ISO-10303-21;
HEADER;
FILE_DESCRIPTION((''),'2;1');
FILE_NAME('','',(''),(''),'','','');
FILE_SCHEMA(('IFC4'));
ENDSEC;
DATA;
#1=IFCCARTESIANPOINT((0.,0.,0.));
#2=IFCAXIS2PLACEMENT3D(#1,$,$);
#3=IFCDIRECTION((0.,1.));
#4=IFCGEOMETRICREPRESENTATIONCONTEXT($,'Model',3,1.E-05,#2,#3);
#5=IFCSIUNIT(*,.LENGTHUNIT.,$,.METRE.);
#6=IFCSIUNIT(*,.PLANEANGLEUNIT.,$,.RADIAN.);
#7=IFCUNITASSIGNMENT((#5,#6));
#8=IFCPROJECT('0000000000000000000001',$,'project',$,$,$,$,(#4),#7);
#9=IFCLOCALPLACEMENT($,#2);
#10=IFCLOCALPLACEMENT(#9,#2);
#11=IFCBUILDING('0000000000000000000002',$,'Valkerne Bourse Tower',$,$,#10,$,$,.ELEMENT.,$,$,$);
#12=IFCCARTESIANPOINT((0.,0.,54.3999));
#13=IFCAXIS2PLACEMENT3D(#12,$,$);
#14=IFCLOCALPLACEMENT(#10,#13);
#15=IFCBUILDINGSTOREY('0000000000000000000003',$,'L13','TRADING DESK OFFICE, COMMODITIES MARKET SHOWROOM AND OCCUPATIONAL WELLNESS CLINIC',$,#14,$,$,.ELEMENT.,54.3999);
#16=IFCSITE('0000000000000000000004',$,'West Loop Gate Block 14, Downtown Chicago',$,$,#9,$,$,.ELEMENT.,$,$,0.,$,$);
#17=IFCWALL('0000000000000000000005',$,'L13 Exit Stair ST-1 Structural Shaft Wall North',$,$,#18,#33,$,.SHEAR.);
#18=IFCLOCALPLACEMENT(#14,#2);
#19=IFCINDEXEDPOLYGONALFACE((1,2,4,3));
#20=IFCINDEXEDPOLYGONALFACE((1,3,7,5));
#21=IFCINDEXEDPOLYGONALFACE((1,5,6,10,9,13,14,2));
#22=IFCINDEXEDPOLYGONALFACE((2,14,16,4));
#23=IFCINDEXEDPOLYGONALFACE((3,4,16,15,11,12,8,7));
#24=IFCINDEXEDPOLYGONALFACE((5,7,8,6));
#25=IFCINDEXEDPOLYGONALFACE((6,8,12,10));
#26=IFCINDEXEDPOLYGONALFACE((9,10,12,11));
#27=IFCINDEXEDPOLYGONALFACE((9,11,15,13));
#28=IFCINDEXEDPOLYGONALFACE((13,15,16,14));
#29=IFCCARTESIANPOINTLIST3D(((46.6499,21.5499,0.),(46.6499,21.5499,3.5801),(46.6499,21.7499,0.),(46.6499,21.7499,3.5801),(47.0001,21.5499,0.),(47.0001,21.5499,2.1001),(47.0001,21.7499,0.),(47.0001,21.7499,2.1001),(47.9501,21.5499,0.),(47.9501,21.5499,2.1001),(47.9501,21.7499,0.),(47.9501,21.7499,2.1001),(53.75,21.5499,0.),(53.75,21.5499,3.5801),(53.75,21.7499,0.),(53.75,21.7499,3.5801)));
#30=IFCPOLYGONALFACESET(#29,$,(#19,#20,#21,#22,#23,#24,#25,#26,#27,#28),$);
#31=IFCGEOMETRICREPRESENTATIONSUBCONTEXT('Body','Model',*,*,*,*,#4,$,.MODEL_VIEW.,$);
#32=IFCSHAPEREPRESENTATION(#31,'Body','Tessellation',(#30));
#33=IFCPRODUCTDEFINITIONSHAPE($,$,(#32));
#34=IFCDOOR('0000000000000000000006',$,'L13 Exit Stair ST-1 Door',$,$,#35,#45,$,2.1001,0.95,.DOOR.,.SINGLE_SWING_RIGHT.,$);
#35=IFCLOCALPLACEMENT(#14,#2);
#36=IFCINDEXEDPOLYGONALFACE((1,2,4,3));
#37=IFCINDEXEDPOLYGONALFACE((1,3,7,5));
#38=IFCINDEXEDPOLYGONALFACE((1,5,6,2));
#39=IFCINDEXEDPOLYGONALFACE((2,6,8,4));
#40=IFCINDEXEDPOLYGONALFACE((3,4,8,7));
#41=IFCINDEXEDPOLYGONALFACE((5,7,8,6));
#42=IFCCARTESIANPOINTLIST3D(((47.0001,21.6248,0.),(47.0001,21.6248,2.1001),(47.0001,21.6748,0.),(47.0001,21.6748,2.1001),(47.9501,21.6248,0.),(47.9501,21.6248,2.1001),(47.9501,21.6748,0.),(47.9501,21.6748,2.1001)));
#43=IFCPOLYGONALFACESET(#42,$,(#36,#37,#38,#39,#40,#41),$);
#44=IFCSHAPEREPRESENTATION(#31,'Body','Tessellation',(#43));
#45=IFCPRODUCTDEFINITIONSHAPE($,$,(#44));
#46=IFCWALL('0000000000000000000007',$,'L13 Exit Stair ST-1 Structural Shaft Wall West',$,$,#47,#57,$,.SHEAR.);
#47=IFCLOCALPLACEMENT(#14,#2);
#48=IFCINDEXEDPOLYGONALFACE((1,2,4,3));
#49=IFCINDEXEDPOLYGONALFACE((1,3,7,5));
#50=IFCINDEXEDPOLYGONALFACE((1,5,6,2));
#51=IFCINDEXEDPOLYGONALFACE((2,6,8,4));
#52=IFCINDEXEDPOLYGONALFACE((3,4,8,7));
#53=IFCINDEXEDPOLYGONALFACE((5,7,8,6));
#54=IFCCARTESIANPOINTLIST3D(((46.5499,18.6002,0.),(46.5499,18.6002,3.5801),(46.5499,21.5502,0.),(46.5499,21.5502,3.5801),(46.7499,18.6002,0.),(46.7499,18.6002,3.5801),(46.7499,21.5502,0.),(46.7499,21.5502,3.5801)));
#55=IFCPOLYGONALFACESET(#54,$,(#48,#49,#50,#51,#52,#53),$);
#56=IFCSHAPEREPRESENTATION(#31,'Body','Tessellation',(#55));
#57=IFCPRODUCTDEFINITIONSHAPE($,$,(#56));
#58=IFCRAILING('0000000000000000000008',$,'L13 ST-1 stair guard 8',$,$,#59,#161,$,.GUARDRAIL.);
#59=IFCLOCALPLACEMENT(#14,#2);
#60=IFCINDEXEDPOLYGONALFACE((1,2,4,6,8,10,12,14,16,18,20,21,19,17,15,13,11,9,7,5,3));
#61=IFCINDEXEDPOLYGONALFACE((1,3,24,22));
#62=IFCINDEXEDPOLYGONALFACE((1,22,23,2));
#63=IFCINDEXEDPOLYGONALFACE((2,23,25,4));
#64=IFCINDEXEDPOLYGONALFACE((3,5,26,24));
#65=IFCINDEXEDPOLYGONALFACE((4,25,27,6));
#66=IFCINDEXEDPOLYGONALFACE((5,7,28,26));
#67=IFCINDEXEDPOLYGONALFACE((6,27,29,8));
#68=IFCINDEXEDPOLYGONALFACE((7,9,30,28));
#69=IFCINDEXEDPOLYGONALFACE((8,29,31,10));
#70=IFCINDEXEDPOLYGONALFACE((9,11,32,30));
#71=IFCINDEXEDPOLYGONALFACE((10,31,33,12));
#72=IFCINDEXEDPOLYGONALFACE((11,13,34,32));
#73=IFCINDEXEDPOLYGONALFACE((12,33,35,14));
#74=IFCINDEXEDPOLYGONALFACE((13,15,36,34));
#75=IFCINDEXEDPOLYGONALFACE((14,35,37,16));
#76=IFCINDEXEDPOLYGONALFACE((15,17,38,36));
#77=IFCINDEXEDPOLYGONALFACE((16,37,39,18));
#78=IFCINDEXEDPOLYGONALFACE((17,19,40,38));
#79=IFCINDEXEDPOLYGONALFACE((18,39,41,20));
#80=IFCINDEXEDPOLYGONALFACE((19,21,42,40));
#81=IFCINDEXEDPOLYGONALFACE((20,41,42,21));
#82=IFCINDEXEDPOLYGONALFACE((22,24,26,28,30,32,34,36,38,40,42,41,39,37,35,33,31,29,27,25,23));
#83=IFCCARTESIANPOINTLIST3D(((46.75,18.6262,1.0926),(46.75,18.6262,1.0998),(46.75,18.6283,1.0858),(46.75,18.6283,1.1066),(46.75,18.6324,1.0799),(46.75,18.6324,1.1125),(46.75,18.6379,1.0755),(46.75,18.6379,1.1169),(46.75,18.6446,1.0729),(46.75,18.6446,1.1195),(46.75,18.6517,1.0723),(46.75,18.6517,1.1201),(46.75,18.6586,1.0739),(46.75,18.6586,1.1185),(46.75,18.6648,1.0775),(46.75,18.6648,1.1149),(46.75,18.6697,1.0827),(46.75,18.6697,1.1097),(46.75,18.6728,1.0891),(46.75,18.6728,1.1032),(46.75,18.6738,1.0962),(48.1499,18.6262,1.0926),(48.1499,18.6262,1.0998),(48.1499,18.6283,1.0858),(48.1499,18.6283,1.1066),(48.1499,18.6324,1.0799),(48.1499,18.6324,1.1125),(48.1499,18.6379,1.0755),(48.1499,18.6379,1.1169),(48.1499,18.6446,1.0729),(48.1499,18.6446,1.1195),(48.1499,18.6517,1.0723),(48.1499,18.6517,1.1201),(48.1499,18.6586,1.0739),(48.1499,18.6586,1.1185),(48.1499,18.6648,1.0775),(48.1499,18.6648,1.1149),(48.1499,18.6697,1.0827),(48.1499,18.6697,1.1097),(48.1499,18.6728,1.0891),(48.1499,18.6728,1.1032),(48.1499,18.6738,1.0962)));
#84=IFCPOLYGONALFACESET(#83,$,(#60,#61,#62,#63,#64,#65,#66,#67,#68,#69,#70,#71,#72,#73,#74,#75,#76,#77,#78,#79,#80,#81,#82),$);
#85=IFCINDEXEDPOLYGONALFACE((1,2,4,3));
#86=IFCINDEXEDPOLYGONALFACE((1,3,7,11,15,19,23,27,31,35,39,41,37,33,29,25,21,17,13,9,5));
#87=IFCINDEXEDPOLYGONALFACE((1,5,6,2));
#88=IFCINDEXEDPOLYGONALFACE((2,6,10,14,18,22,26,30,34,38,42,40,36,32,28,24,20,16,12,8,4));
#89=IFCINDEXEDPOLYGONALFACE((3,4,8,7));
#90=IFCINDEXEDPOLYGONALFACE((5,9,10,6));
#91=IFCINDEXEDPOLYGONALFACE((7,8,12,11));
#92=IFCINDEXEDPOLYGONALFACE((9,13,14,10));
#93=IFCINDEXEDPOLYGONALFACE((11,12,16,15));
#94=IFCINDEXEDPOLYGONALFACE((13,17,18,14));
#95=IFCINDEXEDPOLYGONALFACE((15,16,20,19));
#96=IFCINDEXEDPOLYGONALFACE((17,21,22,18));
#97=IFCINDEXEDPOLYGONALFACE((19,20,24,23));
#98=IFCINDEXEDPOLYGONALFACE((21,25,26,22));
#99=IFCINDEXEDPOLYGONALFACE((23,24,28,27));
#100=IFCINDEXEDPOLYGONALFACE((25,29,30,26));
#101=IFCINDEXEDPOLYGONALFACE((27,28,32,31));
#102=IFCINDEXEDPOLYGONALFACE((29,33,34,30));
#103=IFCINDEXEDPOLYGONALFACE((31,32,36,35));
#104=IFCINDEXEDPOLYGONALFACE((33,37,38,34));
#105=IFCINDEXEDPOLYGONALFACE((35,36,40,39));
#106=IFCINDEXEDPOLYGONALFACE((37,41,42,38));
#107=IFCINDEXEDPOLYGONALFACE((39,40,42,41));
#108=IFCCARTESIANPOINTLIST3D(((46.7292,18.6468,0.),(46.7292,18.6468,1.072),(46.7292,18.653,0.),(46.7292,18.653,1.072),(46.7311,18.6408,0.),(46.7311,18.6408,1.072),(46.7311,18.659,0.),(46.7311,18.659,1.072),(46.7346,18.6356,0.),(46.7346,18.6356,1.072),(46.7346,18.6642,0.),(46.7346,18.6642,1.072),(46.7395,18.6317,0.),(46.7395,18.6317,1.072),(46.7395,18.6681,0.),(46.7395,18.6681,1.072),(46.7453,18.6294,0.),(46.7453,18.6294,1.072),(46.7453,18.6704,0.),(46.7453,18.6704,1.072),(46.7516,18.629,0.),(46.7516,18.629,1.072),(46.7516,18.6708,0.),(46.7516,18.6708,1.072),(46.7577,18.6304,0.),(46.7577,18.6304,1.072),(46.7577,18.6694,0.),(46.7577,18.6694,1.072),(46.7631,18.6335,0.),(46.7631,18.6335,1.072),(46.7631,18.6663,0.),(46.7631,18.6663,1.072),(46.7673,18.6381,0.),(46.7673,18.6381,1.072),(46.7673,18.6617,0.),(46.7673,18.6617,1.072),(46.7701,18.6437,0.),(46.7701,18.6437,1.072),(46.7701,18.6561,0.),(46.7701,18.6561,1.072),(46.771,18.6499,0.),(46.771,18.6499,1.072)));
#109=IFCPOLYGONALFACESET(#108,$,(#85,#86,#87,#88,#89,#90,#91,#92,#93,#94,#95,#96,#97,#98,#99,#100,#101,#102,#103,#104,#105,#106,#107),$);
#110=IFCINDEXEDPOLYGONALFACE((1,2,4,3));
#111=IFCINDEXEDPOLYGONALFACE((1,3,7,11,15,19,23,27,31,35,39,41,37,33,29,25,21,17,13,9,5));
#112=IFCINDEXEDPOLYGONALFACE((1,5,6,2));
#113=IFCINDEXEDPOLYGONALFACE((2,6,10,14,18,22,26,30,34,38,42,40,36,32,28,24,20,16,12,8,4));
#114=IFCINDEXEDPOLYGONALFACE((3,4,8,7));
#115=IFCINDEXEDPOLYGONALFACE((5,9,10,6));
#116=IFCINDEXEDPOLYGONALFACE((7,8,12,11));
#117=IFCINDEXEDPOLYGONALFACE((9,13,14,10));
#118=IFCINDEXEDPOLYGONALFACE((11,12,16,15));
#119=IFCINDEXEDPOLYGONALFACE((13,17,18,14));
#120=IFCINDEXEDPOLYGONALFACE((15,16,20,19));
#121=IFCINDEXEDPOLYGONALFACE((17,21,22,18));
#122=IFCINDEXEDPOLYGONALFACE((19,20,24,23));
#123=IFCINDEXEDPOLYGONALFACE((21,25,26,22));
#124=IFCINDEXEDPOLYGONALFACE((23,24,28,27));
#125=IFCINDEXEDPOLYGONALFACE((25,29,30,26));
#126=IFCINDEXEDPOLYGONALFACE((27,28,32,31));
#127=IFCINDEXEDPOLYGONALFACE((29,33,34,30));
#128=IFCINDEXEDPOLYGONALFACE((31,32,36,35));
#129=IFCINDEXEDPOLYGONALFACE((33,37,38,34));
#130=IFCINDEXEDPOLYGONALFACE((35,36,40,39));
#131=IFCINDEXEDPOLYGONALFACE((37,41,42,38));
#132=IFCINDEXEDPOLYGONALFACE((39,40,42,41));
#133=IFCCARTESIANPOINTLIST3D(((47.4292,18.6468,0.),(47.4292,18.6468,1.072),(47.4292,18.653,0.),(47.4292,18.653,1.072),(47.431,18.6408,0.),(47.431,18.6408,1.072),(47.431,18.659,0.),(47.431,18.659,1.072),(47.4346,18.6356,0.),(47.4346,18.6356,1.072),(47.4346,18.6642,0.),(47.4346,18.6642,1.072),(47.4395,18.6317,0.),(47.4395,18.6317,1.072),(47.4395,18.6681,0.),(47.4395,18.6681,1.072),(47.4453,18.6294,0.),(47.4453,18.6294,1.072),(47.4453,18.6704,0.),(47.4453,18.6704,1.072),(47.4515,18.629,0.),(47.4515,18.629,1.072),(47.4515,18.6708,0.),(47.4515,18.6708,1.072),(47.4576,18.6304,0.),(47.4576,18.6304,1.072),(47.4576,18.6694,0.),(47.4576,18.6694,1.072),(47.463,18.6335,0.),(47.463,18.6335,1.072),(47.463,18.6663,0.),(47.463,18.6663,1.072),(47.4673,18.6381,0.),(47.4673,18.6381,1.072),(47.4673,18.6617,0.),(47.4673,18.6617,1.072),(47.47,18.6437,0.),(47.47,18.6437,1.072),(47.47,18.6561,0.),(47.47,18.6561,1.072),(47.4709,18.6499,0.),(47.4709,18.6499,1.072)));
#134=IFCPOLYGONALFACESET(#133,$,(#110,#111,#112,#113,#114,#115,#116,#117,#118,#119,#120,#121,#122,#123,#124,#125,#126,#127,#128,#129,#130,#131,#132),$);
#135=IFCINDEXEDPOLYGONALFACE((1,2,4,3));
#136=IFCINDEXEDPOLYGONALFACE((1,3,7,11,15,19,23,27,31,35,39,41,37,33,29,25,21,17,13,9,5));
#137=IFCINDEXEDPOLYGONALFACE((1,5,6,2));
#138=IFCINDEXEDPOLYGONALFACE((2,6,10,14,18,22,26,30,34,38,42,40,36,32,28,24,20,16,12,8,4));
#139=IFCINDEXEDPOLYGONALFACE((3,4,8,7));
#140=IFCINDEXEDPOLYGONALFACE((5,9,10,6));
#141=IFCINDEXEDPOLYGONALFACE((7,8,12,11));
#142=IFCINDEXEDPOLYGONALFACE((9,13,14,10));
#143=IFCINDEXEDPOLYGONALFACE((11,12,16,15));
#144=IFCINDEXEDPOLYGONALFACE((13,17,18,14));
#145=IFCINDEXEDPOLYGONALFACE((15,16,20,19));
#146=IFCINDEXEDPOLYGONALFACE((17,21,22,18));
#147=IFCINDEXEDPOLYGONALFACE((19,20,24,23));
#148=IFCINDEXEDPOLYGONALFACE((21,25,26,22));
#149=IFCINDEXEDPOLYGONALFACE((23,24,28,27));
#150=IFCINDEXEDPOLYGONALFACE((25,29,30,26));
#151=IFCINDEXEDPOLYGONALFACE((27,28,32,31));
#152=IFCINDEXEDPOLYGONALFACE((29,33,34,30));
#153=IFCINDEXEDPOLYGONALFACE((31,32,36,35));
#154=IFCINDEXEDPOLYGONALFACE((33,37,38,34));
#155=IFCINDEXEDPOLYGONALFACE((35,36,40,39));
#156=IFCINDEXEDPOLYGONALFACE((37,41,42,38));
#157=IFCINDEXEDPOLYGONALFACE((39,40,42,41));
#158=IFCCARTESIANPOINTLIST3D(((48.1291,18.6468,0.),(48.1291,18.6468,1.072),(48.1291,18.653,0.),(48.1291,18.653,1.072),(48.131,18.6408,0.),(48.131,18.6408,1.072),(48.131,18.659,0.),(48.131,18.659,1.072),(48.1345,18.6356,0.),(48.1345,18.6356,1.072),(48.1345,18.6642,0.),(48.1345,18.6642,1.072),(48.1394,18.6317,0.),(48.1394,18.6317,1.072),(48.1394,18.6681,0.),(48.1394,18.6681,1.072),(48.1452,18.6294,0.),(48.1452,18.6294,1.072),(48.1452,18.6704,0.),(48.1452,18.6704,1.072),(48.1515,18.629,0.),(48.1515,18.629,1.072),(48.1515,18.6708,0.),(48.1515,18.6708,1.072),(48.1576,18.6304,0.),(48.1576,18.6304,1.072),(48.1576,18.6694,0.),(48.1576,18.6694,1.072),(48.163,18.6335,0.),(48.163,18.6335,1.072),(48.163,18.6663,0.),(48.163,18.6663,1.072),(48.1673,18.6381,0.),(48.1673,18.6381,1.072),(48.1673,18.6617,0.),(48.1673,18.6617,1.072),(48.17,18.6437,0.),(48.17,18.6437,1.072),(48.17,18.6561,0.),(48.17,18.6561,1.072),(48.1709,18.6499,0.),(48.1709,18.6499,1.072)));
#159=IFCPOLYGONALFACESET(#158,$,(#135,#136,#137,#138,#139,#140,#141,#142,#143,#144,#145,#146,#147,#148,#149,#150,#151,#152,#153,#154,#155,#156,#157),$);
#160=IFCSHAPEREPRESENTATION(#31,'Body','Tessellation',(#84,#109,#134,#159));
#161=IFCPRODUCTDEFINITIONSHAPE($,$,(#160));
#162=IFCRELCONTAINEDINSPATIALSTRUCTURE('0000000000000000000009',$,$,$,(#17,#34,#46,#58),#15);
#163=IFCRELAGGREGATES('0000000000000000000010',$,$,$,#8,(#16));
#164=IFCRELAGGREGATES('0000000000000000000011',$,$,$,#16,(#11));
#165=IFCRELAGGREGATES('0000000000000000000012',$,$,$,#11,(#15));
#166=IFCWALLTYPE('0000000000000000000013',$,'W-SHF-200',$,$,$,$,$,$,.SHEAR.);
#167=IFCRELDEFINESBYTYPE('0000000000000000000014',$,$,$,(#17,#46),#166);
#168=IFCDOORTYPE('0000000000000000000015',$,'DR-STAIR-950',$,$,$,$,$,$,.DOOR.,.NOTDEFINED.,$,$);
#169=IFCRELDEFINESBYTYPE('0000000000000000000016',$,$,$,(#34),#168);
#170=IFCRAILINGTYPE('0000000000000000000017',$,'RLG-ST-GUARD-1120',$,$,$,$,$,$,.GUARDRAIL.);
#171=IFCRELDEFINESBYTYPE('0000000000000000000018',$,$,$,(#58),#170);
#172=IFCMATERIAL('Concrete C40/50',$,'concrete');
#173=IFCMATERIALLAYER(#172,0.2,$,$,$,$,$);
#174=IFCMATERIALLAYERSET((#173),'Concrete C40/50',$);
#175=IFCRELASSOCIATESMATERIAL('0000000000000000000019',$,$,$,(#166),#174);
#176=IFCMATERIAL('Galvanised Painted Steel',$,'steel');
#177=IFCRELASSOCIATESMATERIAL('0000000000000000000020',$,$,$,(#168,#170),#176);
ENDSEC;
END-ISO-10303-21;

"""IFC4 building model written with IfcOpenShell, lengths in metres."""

from ifc_helpers import new_model, si_unit, direction, frame, frame_2d, origin, origin_2d, place, context, subcontext, project, spatial, rectangle, circle, extrude, material, layer, layer_set, type_object, element, fill, save


model = new_model("IFC4")

# Units and contexts
model_context = context("Model", 3, precision=1e-05, world=origin(), true_north=direction((0.0, 1.0)))
body_context = subcontext(model_context, "Body", "Model", "MODEL_VIEW")
ifc_project = project(units=[si_unit("LENGTHUNIT", "METRE"), si_unit("PLANEANGLEUNIT", "RADIAN")], contexts=[model_context])

# Site, building, storey
site_placement = place(None, origin())
site = spatial("IfcSite", under=ifc_project, at=site_placement, Name="West Loop Gate Block 14, Downtown Chicago", CompositionType="ELEMENT", RefElevation=0.0)
building_placement = place(site_placement, origin())
building = spatial("IfcBuilding", under=site, at=building_placement, Name="Valkerne Bourse Tower", CompositionType="ELEMENT")
storey_placement = place(building_placement, frame((0.0, 0.0, 54.3999)))
storey = spatial("IfcBuildingStorey", under=building, at=storey_placement, Name="L13", Description="TRADING DESK OFFICE, COMMODITIES MARKET SHOWROOM AND OCCUPATIONAL WELLNESS CLINIC", CompositionType="ELEMENT", Elevation=54.3999)

# Shared definitions
ifc_material_1 = material(Name="Galvanised Painted Steel", Category="steel")

# Wall, opening, door
ifc_material_2 = material(Name="Concrete C40/50", Category="concrete")
ifc_layer_1 = layer(ifc_material_2, 0.2)
ifc_layer_set_1 = layer_set([ifc_layer_1], Name="Concrete C40/50")
wall_type_1 = type_object("IfcWallType", Name="W-SHF-200", PredefinedType="SHEAR", material=ifc_layer_set_1)
wall_1_placement = place(storey_placement, frame((46.6499, 21.6499, 0.0), z_axis=(0.0, 0.0, 1.0), x_axis=(1.0, 0.0, 0.0)))
wall_1 = element("IfcWall", 1, at=wall_1_placement, inside=storey, type_object=wall_type_1, Name="L13 Exit Stair ST-1 Structural Shaft Wall North", PredefinedType="SHEAR", context=body_context, shape_type="SweptSolid", body=[
    extrude(rectangle(XDim=7.1001, YDim=0.2, at=frame_2d((3.55, 0.0))), origin(), (0.0, 0.0, 1.0), 3.5801),
])
opening_1_placement = place(wall_1_placement, frame((0.3501, 0.0, 0.0)))
opening_1 = element("IfcOpeningElement", 2, at=opening_1_placement, cuts=wall_1, PredefinedType="OPENING", context=body_context, shape_type="SweptSolid", body=[
    extrude(rectangle(XDim=0.95, YDim=2.1001, at=frame_2d((0.4751, 1.05))), frame((0.0, 0.1099, 0.0), z_axis=(0.0, -1.0, 0.0), x_axis=(1.0, 0.0, 0.0)), (0.0, 0.0, 1.0), 0.22),
])
door_type_1 = type_object("IfcDoorType", Name="DR-STAIR-950", OperationType="NOTDEFINED", PredefinedType="DOOR", material=ifc_material_1)
door_1_placement = place(opening_1_placement, origin())
door_1 = element("IfcDoor", 3, at=door_1_placement, inside=storey, type_object=door_type_1, Name="L13 Exit Stair ST-1 Door", OperationType="SINGLE_SWING_RIGHT", OverallHeight=2.1001, OverallWidth=0.95, PredefinedType="DOOR", context=body_context, shape_type="SweptSolid", body=[
    extrude(rectangle(XDim=0.95, YDim=2.1001, at=frame_2d((0.4751, 1.05))), frame((0.0, 0.0249, 0.0), z_axis=(0.0, -1.0, 0.0), x_axis=(1.0, 0.0, 0.0)), (0.0, 0.0, 1.0), 0.05),
])
fill(opening_1, door_1)

# Wall
wall_2_placement = place(storey_placement, frame((46.6499, 18.6001, 0.0), z_axis=(0.0, 0.0, 1.0), x_axis=(0.0, 1.0, 0.0)))
element("IfcWall", 4, at=wall_2_placement, inside=storey, type_object=wall_type_1, Name="L13 Exit Stair ST-1 Structural Shaft Wall West", PredefinedType="SHEAR", context=body_context, shape_type="SweptSolid", body=[
    extrude(rectangle(XDim=2.95, YDim=0.2, at=frame_2d((1.4751, 0.0))), origin(), (0.0, 0.0, 1.0), 3.5801),
])

# Railing
railing_type = type_object("IfcRailingType", Name="RLG-ST-GUARD-1120", PredefinedType="GUARDRAIL", material=ifc_material_1)
for number, where, name in (
    (5, (46.75, 18.6499, 0.0), "L13 ST-1 stair guard 8"),
):
    element("IfcRailing", number, at=place(storey_placement, frame(where)), inside=storey, type_object=railing_type, Name=name, PredefinedType="GUARDRAIL", context=body_context, shape_type="SweptSolid", body=[
        extrude(circle(Radius=0.0239, at=origin_2d()), frame((0.0, 0.0, 1.0962), z_axis=(1.0, 0.0, 0.0), x_axis=(0.0, 1.0, 0.0)), (0.0, 0.0, 1.0), 1.3999),
        extrude(circle(Radius=0.021, at=origin_2d()), origin(), (0.0, 0.0, 1.0), 1.072),
        extrude(circle(Radius=0.021, at=origin_2d()), frame((0.7, 0.0, 0.0)), (0.0, 0.0, 1.0), 1.072),
        extrude(circle(Radius=0.021, at=origin_2d()), frame((1.3999, 0.0, 0.0)), (0.0, 0.0, 1.0), 1.072),
    ])

save(model, "model.ifc")
